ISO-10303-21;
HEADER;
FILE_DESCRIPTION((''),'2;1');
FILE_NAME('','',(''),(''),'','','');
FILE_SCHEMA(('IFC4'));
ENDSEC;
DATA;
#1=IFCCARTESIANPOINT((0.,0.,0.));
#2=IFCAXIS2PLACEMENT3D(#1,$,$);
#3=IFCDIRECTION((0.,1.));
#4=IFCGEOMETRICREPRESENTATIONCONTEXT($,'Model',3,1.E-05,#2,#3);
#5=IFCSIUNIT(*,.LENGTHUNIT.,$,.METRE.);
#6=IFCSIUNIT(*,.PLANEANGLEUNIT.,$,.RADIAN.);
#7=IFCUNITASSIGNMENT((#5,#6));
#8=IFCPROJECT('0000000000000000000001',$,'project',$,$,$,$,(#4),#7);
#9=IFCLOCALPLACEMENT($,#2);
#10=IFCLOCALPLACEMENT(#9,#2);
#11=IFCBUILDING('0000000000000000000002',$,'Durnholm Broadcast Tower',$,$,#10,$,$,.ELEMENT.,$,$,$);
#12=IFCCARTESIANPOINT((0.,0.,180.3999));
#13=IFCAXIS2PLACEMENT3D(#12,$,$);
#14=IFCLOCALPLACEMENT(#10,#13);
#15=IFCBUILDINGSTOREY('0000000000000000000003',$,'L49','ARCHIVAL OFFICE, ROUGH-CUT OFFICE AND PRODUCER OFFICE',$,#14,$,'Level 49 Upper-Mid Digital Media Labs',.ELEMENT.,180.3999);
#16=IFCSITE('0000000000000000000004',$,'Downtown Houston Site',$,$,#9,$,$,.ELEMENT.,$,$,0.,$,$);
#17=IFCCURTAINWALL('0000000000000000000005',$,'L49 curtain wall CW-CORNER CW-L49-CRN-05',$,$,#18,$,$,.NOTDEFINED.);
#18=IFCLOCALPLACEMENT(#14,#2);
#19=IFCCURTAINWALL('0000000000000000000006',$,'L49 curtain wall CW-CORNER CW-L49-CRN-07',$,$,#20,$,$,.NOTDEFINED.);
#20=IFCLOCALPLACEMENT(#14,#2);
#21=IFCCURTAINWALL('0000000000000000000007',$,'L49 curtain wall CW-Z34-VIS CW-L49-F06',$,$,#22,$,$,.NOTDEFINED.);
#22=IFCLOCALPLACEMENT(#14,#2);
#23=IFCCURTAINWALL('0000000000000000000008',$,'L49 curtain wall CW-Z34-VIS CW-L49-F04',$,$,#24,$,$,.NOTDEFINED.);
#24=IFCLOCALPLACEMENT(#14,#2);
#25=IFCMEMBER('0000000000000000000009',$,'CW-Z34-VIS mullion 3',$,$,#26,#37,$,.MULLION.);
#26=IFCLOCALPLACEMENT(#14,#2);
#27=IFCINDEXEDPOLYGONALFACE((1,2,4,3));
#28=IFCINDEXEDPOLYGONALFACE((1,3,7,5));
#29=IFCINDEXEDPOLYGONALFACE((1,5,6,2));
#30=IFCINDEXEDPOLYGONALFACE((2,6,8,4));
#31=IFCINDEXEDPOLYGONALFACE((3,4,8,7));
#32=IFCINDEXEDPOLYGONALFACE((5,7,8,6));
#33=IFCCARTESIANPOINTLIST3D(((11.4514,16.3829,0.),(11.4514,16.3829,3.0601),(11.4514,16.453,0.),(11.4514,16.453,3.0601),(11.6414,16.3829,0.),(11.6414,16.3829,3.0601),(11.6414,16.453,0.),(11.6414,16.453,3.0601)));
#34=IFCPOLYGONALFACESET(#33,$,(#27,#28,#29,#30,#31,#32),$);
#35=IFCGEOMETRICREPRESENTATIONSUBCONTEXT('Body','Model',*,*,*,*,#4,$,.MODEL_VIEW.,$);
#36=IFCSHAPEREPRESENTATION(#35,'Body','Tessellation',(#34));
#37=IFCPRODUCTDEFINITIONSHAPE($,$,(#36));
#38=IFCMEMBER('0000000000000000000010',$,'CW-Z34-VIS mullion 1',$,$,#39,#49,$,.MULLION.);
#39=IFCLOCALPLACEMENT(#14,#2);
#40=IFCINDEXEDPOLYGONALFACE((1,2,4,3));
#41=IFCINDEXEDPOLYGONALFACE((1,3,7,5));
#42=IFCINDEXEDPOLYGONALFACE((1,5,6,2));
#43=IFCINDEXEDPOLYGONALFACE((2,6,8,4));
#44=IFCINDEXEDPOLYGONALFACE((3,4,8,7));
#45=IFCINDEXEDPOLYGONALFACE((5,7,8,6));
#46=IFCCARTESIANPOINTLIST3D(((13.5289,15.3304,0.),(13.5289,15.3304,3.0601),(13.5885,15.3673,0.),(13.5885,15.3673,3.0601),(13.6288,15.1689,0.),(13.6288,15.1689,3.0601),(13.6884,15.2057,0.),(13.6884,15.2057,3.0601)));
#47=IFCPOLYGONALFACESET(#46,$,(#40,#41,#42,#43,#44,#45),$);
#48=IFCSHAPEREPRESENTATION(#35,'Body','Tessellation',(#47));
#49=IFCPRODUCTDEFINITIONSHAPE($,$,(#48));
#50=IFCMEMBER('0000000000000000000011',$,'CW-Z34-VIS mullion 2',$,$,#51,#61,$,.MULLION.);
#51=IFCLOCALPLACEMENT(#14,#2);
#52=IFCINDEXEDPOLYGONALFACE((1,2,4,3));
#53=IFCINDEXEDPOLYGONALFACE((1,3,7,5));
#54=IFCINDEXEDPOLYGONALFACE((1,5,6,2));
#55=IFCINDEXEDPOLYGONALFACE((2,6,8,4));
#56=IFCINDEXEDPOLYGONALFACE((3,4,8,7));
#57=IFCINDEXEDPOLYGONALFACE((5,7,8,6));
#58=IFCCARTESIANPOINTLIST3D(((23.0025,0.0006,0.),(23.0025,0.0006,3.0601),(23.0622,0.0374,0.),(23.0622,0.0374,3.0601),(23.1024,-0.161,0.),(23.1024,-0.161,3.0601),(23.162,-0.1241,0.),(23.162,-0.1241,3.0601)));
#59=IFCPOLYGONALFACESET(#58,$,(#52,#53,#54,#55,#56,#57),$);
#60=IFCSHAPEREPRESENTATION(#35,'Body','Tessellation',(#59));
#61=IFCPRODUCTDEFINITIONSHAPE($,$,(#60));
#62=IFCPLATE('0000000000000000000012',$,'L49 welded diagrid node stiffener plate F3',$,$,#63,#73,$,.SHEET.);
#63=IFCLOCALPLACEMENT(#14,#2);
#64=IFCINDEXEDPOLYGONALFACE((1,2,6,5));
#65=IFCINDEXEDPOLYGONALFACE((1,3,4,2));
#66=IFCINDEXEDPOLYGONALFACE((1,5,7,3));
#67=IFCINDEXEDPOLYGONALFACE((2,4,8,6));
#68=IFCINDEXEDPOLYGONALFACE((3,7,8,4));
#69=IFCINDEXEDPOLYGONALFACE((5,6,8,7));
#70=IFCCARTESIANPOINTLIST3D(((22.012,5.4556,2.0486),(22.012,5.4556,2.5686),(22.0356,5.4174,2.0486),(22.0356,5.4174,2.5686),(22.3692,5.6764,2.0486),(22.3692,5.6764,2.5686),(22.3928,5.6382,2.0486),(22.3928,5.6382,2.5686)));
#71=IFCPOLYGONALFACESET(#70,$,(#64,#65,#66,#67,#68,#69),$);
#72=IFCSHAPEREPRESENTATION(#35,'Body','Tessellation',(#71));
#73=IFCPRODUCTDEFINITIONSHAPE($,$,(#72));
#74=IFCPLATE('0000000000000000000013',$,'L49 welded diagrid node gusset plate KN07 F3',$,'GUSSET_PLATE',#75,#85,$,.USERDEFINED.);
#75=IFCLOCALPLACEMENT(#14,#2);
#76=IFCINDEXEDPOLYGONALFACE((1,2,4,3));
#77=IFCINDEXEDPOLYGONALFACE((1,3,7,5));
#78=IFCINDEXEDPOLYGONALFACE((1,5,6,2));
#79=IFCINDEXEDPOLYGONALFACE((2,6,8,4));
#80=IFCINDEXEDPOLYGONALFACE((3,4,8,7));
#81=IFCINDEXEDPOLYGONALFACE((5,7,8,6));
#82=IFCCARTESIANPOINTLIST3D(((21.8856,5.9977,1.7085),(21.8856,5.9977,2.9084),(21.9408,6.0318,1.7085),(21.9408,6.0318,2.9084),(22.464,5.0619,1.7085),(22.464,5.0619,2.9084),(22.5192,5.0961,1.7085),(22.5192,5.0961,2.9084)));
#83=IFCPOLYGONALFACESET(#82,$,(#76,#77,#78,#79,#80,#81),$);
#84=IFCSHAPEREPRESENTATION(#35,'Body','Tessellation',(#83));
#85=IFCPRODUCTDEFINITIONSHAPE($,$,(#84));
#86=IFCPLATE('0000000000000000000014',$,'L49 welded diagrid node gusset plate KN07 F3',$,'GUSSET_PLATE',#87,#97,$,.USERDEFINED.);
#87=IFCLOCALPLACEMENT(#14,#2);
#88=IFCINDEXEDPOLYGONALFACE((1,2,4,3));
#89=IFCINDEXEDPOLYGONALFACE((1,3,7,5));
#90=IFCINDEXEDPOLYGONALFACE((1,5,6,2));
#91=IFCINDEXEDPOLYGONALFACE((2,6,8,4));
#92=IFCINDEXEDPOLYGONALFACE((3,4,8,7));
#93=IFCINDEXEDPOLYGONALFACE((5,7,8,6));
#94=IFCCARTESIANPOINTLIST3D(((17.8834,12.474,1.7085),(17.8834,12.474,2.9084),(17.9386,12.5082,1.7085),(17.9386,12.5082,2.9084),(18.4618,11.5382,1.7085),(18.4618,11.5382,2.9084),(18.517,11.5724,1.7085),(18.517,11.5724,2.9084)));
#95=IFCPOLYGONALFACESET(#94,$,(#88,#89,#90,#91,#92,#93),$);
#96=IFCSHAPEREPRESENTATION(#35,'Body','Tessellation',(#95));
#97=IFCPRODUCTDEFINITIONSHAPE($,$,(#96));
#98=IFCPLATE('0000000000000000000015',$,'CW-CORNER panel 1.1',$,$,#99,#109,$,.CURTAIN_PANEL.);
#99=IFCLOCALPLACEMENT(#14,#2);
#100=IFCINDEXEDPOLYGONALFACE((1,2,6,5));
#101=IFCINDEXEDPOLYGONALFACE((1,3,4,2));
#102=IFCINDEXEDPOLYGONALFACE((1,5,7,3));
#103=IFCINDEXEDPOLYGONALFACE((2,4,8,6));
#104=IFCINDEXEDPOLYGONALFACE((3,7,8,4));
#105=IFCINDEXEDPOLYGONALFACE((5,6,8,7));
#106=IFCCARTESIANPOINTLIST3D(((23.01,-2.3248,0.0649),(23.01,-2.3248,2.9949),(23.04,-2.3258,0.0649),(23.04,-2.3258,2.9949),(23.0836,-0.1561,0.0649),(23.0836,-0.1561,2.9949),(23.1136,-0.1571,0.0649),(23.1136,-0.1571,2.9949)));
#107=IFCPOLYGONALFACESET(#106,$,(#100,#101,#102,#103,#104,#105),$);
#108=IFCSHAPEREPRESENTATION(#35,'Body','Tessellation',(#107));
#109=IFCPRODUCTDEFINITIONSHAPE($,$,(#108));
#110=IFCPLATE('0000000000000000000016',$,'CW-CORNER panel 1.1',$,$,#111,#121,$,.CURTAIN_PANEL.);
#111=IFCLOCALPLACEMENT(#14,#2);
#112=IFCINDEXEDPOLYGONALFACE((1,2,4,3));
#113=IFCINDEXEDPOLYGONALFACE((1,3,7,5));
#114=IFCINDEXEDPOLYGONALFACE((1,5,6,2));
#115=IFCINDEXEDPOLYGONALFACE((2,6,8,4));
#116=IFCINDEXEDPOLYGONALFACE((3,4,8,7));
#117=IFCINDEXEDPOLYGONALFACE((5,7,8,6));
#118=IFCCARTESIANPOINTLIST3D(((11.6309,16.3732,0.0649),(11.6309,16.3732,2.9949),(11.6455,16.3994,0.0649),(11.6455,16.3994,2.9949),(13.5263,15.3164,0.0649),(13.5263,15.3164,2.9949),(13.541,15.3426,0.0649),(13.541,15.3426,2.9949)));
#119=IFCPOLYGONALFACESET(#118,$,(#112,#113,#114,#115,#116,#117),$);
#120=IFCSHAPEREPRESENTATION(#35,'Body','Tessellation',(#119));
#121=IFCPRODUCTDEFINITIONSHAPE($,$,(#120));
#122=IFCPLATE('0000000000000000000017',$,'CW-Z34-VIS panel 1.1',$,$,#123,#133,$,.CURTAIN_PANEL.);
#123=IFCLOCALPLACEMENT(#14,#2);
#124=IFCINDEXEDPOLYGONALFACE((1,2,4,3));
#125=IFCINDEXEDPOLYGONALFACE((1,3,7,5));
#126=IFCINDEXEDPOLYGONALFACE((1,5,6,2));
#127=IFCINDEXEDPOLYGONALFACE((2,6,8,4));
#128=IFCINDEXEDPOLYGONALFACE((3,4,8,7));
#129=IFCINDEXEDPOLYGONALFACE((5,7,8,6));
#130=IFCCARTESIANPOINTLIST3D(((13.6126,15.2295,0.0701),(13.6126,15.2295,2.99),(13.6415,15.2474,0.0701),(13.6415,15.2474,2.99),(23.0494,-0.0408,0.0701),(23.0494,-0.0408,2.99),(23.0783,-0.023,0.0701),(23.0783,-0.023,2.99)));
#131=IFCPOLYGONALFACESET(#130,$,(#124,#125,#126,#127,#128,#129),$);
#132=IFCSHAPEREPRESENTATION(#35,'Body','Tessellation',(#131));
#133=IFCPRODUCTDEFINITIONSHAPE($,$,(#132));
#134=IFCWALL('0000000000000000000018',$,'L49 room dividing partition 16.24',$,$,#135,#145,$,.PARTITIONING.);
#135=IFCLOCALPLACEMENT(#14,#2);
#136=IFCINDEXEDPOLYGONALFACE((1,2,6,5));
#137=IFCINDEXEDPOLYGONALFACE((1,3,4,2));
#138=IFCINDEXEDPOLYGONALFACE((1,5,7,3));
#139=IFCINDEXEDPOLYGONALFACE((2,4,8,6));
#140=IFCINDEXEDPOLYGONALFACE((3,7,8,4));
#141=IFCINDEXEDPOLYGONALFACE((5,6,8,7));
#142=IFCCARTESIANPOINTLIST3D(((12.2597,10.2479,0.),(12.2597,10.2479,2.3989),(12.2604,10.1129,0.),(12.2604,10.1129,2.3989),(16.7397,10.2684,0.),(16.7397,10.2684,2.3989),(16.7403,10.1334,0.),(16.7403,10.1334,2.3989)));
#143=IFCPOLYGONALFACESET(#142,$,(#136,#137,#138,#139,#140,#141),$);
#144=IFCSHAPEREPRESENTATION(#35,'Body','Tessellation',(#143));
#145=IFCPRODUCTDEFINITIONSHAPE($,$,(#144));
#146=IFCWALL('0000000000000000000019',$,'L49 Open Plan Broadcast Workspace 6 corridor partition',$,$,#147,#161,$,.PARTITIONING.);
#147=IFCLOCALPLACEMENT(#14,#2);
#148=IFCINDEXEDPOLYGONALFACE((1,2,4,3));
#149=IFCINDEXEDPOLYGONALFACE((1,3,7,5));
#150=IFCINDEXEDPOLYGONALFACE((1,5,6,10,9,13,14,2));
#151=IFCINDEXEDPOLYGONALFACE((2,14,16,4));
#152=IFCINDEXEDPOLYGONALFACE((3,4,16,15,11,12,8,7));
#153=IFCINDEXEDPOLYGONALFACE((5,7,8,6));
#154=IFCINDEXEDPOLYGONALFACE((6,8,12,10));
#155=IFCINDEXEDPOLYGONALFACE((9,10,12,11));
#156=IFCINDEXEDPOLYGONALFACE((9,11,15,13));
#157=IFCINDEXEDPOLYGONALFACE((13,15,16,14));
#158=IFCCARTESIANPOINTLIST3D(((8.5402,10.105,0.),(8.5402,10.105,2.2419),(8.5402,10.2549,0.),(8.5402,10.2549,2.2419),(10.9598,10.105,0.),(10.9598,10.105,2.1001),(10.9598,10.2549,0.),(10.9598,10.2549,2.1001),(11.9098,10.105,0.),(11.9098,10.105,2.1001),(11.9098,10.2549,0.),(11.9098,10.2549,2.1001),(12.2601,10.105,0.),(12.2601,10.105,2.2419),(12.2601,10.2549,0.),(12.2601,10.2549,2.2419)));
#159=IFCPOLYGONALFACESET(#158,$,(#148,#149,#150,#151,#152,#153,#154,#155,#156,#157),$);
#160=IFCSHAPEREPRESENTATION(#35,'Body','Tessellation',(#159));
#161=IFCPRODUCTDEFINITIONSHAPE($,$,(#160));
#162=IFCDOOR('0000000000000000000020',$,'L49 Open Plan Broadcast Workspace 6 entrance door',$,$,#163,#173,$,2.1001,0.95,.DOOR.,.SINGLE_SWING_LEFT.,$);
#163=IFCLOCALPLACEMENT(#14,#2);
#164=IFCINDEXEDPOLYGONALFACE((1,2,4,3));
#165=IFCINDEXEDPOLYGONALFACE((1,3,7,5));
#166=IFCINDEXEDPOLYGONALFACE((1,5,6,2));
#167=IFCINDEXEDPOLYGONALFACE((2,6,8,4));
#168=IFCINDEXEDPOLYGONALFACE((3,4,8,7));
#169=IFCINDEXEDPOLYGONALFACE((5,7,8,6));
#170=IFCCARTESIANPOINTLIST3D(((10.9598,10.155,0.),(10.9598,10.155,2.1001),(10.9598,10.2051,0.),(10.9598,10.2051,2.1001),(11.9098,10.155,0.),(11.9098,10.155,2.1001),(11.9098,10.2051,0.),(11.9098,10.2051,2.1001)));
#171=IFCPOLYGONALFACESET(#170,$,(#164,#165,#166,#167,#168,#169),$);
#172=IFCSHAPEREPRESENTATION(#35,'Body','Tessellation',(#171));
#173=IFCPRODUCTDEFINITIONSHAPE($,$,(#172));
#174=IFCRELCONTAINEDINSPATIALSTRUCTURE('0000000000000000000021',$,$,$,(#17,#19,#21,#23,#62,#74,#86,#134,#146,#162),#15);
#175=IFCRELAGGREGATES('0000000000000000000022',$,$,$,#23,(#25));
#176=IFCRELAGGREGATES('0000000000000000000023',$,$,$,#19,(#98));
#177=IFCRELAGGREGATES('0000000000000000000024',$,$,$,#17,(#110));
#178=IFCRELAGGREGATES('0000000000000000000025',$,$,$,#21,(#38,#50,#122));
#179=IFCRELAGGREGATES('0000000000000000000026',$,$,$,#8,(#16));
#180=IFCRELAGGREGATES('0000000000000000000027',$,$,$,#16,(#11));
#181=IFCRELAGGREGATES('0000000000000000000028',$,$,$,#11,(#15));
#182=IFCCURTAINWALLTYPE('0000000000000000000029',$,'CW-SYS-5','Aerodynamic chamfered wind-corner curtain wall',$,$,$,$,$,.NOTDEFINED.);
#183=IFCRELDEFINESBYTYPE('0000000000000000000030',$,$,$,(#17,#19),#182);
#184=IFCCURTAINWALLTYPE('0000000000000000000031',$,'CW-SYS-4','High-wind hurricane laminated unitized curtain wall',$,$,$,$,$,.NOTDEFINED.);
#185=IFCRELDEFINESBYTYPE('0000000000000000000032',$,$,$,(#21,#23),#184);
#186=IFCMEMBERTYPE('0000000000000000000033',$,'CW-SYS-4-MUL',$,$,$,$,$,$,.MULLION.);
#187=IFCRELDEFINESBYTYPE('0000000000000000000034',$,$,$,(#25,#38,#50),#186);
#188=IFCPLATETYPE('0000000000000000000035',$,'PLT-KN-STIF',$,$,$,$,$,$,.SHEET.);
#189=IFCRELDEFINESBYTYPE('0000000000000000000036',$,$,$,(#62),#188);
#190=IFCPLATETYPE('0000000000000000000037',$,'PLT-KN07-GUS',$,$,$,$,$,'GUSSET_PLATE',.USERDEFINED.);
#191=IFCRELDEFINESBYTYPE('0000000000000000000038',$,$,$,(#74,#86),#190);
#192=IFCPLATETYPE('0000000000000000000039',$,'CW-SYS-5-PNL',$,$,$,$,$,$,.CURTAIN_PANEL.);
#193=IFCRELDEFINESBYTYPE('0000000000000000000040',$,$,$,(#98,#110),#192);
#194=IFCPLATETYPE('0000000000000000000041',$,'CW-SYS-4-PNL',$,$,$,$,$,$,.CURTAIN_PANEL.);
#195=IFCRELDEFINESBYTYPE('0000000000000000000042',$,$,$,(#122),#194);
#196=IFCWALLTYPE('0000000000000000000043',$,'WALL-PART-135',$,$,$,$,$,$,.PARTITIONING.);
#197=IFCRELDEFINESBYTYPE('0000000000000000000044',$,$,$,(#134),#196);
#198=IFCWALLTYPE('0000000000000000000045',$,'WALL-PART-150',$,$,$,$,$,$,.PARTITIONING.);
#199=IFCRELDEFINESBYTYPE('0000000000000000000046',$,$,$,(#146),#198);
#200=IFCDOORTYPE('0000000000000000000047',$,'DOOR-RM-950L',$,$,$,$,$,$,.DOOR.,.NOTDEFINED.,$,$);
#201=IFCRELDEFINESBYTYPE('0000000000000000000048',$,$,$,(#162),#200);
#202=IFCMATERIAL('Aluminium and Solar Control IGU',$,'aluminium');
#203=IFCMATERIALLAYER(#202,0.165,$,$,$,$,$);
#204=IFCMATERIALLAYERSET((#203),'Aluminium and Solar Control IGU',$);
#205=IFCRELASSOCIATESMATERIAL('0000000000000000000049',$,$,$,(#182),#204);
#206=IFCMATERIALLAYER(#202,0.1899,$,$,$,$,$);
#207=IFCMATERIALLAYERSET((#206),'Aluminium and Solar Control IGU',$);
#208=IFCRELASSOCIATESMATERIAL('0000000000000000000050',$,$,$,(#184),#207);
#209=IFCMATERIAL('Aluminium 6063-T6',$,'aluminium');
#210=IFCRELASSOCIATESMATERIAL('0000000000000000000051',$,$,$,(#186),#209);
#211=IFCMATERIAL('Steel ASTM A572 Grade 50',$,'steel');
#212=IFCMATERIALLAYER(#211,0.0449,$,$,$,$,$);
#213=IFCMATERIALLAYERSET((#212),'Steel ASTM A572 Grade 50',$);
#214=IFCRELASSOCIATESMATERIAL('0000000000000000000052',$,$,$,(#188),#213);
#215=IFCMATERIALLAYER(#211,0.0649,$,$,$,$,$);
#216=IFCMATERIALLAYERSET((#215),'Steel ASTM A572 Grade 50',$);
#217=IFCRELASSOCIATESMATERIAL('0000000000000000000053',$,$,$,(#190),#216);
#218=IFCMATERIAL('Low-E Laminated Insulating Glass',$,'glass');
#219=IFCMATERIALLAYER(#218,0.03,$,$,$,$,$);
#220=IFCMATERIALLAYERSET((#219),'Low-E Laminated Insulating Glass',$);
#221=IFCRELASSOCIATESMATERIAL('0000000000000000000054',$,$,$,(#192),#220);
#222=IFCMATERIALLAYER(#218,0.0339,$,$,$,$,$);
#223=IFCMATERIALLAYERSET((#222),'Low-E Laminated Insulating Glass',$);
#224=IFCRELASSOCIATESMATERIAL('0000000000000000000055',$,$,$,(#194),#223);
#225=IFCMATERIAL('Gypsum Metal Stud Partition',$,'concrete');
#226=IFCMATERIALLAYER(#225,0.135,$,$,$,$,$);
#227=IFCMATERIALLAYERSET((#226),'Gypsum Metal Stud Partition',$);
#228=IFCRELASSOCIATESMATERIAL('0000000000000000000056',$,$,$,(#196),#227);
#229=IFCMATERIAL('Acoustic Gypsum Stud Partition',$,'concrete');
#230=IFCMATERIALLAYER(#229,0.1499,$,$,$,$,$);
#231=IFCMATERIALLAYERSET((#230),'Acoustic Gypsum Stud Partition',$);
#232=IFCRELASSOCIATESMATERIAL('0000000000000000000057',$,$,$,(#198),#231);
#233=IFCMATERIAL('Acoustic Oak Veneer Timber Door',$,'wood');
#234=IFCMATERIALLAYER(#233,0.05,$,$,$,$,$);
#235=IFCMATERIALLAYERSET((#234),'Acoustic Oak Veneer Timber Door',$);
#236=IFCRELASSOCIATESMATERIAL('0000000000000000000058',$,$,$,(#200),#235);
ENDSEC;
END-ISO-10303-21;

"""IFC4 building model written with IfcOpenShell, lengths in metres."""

from ifc_helpers import new_model, si_unit, direction, frame, frame_2d, origin, origin_2d, place, context, subcontext, project, spatial, rectangle, extrude, source, transform, mapped, material, layer, layer_set, material_profile, profile_set, type_object, type_shapes, element, fill, aggregate, save


model = new_model("IFC4")

# Units and contexts
model_context = context("Model", 3, precision=1e-05, world=origin(), true_north=direction((0.0, 1.0)))
body_context = subcontext(model_context, "Body", "Model", "MODEL_VIEW")
ifc_project = project(units=[si_unit("LENGTHUNIT", "METRE"), si_unit("PLANEANGLEUNIT", "RADIAN")], contexts=[model_context])

# Site, building, storey
site_placement = place(None, origin())
site = spatial("IfcSite", under=ifc_project, at=site_placement, Name="Downtown Houston Site", CompositionType="ELEMENT", RefElevation=0.0)
building_placement = place(site_placement, origin())
building = spatial("IfcBuilding", under=site, at=building_placement, Name="Durnholm Broadcast Tower", CompositionType="ELEMENT")
storey_placement = place(building_placement, frame((0.0, 0.0, 180.3999)))
storey = spatial("IfcBuildingStorey", under=building, at=storey_placement, Name="L49", Description="ARCHIVAL OFFICE, ROUGH-CUT OFFICE AND PRODUCER OFFICE", LongName="Level 49 Upper-Mid Digital Media Labs", CompositionType="ELEMENT", Elevation=180.3999)

# Curtain wall
ifc_material_1 = material(Name="Aluminium and Solar Control IGU", Category="aluminium")
ifc_layer_1 = layer(ifc_material_1, 0.165)
ifc_layer_set_1 = layer_set([ifc_layer_1], Name="Aluminium and Solar Control IGU")
curtain_wall_type_1 = type_object("IfcCurtainWallType", Name="CW-SYS-5", Description="Aerodynamic chamfered wind-corner curtain wall", PredefinedType="NOTDEFINED", material=ifc_layer_set_1)
curtain_wall_1_placement = place(storey_placement, origin())
curtain_wall_1 = element("IfcCurtainWall", 1, at=curtain_wall_1_placement, inside=storey, type_object=curtain_wall_type_1, Name="L49 curtain wall CW-CORNER CW-L49-CRN-05", PredefinedType="NOTDEFINED")
ifc_material_2 = material(Name="Aluminium 6063-T6", Category="aluminium")

# Curtain wall
curtain_wall_2_placement = place(storey_placement, origin())
curtain_wall_2 = element("IfcCurtainWall", 2, at=curtain_wall_2_placement, inside=storey, type_object=curtain_wall_type_1, Name="L49 curtain wall CW-CORNER CW-L49-CRN-07", PredefinedType="NOTDEFINED")

# Curtain wall
ifc_layer_2 = layer(ifc_material_1, 0.1899)
ifc_layer_set_2 = layer_set([ifc_layer_2], Name="Aluminium and Solar Control IGU")
curtain_wall_type_2 = type_object("IfcCurtainWallType", Name="CW-SYS-4", Description="High-wind hurricane laminated unitized curtain wall", PredefinedType="NOTDEFINED", material=ifc_layer_set_2)
curtain_wall_3_placement = place(storey_placement, origin())
curtain_wall_3 = element("IfcCurtainWall", 3, at=curtain_wall_3_placement, inside=storey, type_object=curtain_wall_type_2, Name="L49 curtain wall CW-Z34-VIS CW-L49-F06", PredefinedType="NOTDEFINED")

# Curtain wall, member
curtain_wall_4_placement = place(storey_placement, origin())
curtain_wall_4 = element("IfcCurtainWall", 4, at=curtain_wall_4_placement, inside=storey, type_object=curtain_wall_type_2, Name="L49 curtain wall CW-Z34-VIS CW-L49-F04", PredefinedType="NOTDEFINED")
ifc_material_profile_1 = material_profile(ifc_material_2, rectangle(XDim=0.0701, YDim=0.1899, at=origin_2d()), Name="CWM70X190")
ifc_profile_set_1 = profile_set([ifc_material_profile_1], Name="Aluminium 6063-T6")
member_type_1 = type_object("IfcMemberType", Name="CW-SYS-4-MUL", PredefinedType="MULLION", material=ifc_profile_set_1)
shared_shape_1 = source(origin(), body_context, "Body", "SweptSolid", [
    extrude(rectangle(XDim=0.0701, YDim=0.1899, at=origin_2d()), origin(), (0.0, 0.0, 1.0), 3.0601),
])
type_shapes(member_type_1, [shared_shape_1])
member_1_placement = place(storey_placement, frame((11.5464, 16.418, 0.0), z_axis=(0.0, 0.0, 1.0), x_axis=(0.0, 1.0, 0.0)))
member_1 = element("IfcMember", 5, at=member_1_placement, type_object=member_type_1, Name="CW-Z34-VIS mullion 3", PredefinedType="MULLION", context=body_context, shape_type="MappedRepresentation", body=[
    mapped(shared_shape_1, transform((0.0, 0.0, 0.0), x_axis=(1.0, 0.0, 0.0), y_axis=(0.0, 1.0, 0.0), z_axis=(0.0, 0.0, 1.0), scale=1.0)),
])
aggregate(curtain_wall_4, [member_1])

# Members
member_2_placement = place(storey_placement, frame((13.6086, 15.2681, 0.0), z_axis=(0.0, 0.0, 1.0), x_axis=(0.850671, 0.525698, 0.0)))
member_2 = element("IfcMember", 6, at=member_2_placement, type_object=member_type_1, Name="CW-Z34-VIS mullion 1", PredefinedType="MULLION", context=body_context, shape_type="MappedRepresentation", body=[
    mapped(shared_shape_1, transform((0.0, 0.0, 0.0), x_axis=(1.0, 0.0, 0.0), y_axis=(0.0, 1.0, 0.0), z_axis=(0.0, 0.0, 1.0), scale=1.0)),
])
member_3_placement = place(storey_placement, frame((23.0823, -0.0618, 0.0), z_axis=(0.0, 0.0, 1.0), x_axis=(0.850671, 0.525698, 0.0)))
member_3 = element("IfcMember", 7, at=member_3_placement, type_object=member_type_1, Name="CW-Z34-VIS mullion 2", PredefinedType="MULLION", context=body_context, shape_type="MappedRepresentation", body=[
    mapped(shared_shape_1, transform((0.0, 0.0, 0.0), x_axis=(1.0, 0.0, 0.0), y_axis=(0.0, 1.0, 0.0), z_axis=(0.0, 0.0, 1.0), scale=1.0)),
])

# Plates
ifc_material_3 = material(Name="Steel ASTM A572 Grade 50", Category="steel")
ifc_layer_3 = layer(ifc_material_3, 0.0449)
ifc_layer_set_3 = layer_set([ifc_layer_3], Name="Steel ASTM A572 Grade 50")
plate_type_1 = type_object("IfcPlateType", Name="PLT-KN-STIF", PredefinedType="SHEET", material=ifc_layer_set_3)
shared_shape_2 = source(origin(), body_context, "Body", "SweptSolid", [
    extrude(rectangle(XDim=0.0449, YDim=0.4199, at=origin_2d()), origin(), (0.0, 0.0, 1.0), 0.52),
])
type_shapes(plate_type_1, [shared_shape_2])
plate_1_placement = place(storey_placement, frame((22.2024, 5.5469, 2.0486), z_axis=(0.0, 0.0, 1.0), x_axis=(-0.525769, 0.850628, 0.0)))
element("IfcPlate", 8, at=plate_1_placement, inside=storey, type_object=plate_type_1, Name="L49 welded diagrid node stiffener plate F3", PredefinedType="SHEET", context=body_context, shape_type="MappedRepresentation", body=[
    mapped(shared_shape_2, transform((0.0, 0.0, 0.0), x_axis=(1.0, 0.0, 0.0), y_axis=(0.0, 1.0, 0.0), z_axis=(0.0, 0.0, 1.0), scale=1.0)),
])
ifc_layer_4 = layer(ifc_material_3, 0.0649)
ifc_layer_set_4 = layer_set([ifc_layer_4], Name="Steel ASTM A572 Grade 50")
plate_type_2 = type_object("IfcPlateType", Name="PLT-KN07-GUS", ElementType="GUSSET_PLATE", PredefinedType="USERDEFINED", material=ifc_layer_set_4)
shared_shape_3 = source(origin(), body_context, "Body", "SweptSolid", [
    extrude(rectangle(XDim=1.1001, YDim=0.0649, at=origin_2d()), origin(), (0.0, 0.0, 1.0), 1.2),
])
type_shapes(plate_type_2, [shared_shape_3])
for number, where, z_axis, x_axis, name in (
    (9, (22.2024, 5.5469, 1.7085), (0.0, 0.0, 1.0), (-0.525769, 0.850628, 0.0), "L49 welded diagrid node gusset plate KN07 F3"),
    (10, (18.2002, 12.0232, 1.7085), (0.0, 0.0, 1.0), (-0.525769, 0.850628, 0.0), "L49 welded diagrid node gusset plate KN07 F3"),
):
    element("IfcPlate", number, at=place(storey_placement, frame(where, z_axis=z_axis, x_axis=x_axis)), inside=storey, type_object=plate_type_2, Name=name, ObjectType="GUSSET_PLATE", PredefinedType="USERDEFINED", context=body_context, shape_type="MappedRepresentation", body=[
        mapped(shared_shape_3, transform((0.0, 0.0, 0.0), x_axis=(1.0, 0.0, 0.0), y_axis=(0.0, 1.0, 0.0), z_axis=(0.0, 0.0, 1.0), scale=1.0)),
    ])

# Plates
ifc_material_4 = material(Name="Low-E Laminated Insulating Glass", Category="glass")
ifc_layer_5 = layer(ifc_material_4, 0.03)
ifc_layer_set_5 = layer_set([ifc_layer_5], Name="Low-E Laminated Insulating Glass")
plate_type_3 = type_object("IfcPlateType", Name="CW-SYS-5-PNL", PredefinedType="CURTAIN_PANEL", material=ifc_layer_set_5)
shared_shape_4 = source(origin(), body_context, "Body", "SweptSolid", [
    extrude(rectangle(XDim=2.1699, YDim=0.03, at=origin_2d()), origin(), (0.0, 0.0, 1.0), 2.9299),
])
plate_2_placement = place(storey_placement, frame((23.0618, -1.241, 0.0649), z_axis=(0.0, 0.0, 1.0), x_axis=(-0.033913, -0.999425, 0.0)))
plate_2 = element("IfcPlate", 11, at=plate_2_placement, type_object=plate_type_3, Name="CW-CORNER panel 1.1", PredefinedType="CURTAIN_PANEL", context=body_context, shape_type="MappedRepresentation", body=[
    mapped(shared_shape_4, transform((0.0, 0.0, 0.0), x_axis=(1.0, 0.0, 0.0), y_axis=(0.0, 1.0, 0.0), z_axis=(0.0, 0.0, 1.0), scale=1.0)),
])
aggregate(curtain_wall_2, [plate_2])
shared_shape_5 = source(origin(), body_context, "Body", "SweptSolid", [
    extrude(rectangle(XDim=2.1702, YDim=0.03, at=origin_2d()), origin(), (0.0, 0.0, 1.0), 2.9299),
])
type_shapes(plate_type_3, [shared_shape_4, shared_shape_5])
plate_3_placement = place(storey_placement, frame((12.5859, 15.8579, 0.0649), z_axis=(0.0, 0.0, 1.0), x_axis=(0.87341, -0.486986, 0.0)))
plate_3 = element("IfcPlate", 12, at=plate_3_placement, type_object=plate_type_3, Name="CW-CORNER panel 1.1", PredefinedType="CURTAIN_PANEL", context=body_context, shape_type="MappedRepresentation", body=[
    mapped(shared_shape_5, transform((0.0, 0.0, 0.0), x_axis=(1.0, 0.0, 0.0), y_axis=(0.0, 1.0, 0.0), z_axis=(0.0, 0.0, 1.0), scale=1.0)),
])
aggregate(curtain_wall_1, [plate_3])
ifc_layer_6 = layer(ifc_material_4, 0.0339)
ifc_layer_set_6 = layer_set([ifc_layer_6], Name="Low-E Laminated Insulating Glass")
plate_type_4 = type_object("IfcPlateType", Name="CW-SYS-4-PNL", PredefinedType="CURTAIN_PANEL", material=ifc_layer_set_6)
shared_shape_6 = source(origin(), body_context, "Body", "SweptSolid", [
    extrude(rectangle(XDim=17.9509, YDim=0.0339, at=origin_2d()), origin(), (0.0, 0.0, 1.0), 2.9199),
])
type_shapes(plate_type_4, [shared_shape_6])
plate_4_placement = place(storey_placement, frame((18.3455, 7.6033, 0.0701), z_axis=(0.0, 0.0, 1.0), x_axis=(0.525698, -0.850671, 0.0)))
plate_4 = element("IfcPlate", 13, at=plate_4_placement, type_object=plate_type_4, Name="CW-Z34-VIS panel 1.1", PredefinedType="CURTAIN_PANEL", context=body_context, shape_type="MappedRepresentation", body=[
    mapped(shared_shape_6, transform((0.0, 0.0, 0.0), x_axis=(1.0, 0.0, 0.0), y_axis=(0.0, 1.0, 0.0), z_axis=(0.0, 0.0, 1.0), scale=1.0)),
])
aggregate(curtain_wall_3, [member_2, member_3, plate_4])

# Wall
ifc_material_5 = material(Name="Gypsum Metal Stud Partition", Category="concrete")
ifc_layer_7 = layer(ifc_material_5, 0.135)
ifc_layer_set_7 = layer_set([ifc_layer_7], Name="Gypsum Metal Stud Partition")
wall_type_1 = type_object("IfcWallType", Name="WALL-PART-135", PredefinedType="PARTITIONING", material=ifc_layer_set_7)
wall_1_placement = place(storey_placement, frame((16.74, 10.2009, 0.0), z_axis=(0.0, 0.0, 1.0), x_axis=(-0.99999, -0.004578, 0.0)))
element("IfcWall", 14, at=wall_1_placement, inside=storey, type_object=wall_type_1, Name="L49 room dividing partition 16.24", PredefinedType="PARTITIONING", context=body_context, shape_type="SweptSolid", body=[
    extrude(rectangle(XDim=4.48, YDim=0.135, at=frame_2d((2.24, 0.0))), origin(), (0.0, 0.0, 1.0), 2.3989),
])

# Wall, opening, door
ifc_material_6 = material(Name="Acoustic Gypsum Stud Partition", Category="concrete")
ifc_layer_8 = layer(ifc_material_6, 0.1499)
ifc_layer_set_8 = layer_set([ifc_layer_8], Name="Acoustic Gypsum Stud Partition")
wall_type_2 = type_object("IfcWallType", Name="WALL-PART-150", PredefinedType="PARTITIONING", material=ifc_layer_set_8)
wall_2_placement = place(storey_placement, frame((12.26, 10.1799, 0.0), z_axis=(0.0, 0.0, 1.0), x_axis=(-1.0, 0.0, 0.0)))
wall_2 = element("IfcWall", 15, at=wall_2_placement, inside=storey, type_object=wall_type_2, Name="L49 Open Plan Broadcast Workspace 6 corridor partition", PredefinedType="PARTITIONING", context=body_context, shape_type="SweptSolid", body=[
    extrude(rectangle(XDim=3.72, YDim=0.1499, at=frame_2d((1.8599, 0.0))), origin(), (0.0, 0.0, 1.0), 2.2419),
])
opening_1_placement = place(wall_2_placement, frame((0.3501, 0.0, 0.0)))
opening_1 = element("IfcOpeningElement", 16, at=opening_1_placement, cuts=wall_2, PredefinedType="OPENING", context=body_context, shape_type="SweptSolid", body=[
    extrude(rectangle(XDim=0.95, YDim=2.1001, at=frame_2d((0.4751, 1.05))), frame((0.0, 0.085, 0.0), z_axis=(0.0, -1.0, 0.0), x_axis=(1.0, 0.0, 0.0)), (0.0, 0.0, 1.0), 0.1699),
])
ifc_material_7 = material(Name="Acoustic Oak Veneer Timber Door", Category="wood")
ifc_layer_9 = layer(ifc_material_7, 0.05)
ifc_layer_set_9 = layer_set([ifc_layer_9], Name="Acoustic Oak Veneer Timber Door")
door_type_1 = type_object("IfcDoorType", Name="DOOR-RM-950L", OperationType="NOTDEFINED", PredefinedType="DOOR", material=ifc_layer_set_9)
shared_shape_7 = source(origin(), body_context, "Body", "SweptSolid", [
    extrude(rectangle(XDim=0.95, YDim=2.1001, at=frame_2d((0.4751, 1.05))), frame((0.0, 0.0249, 0.0), z_axis=(0.0, -1.0, 0.0), x_axis=(1.0, 0.0, 0.0)), (0.0, 0.0, 1.0), 0.05),
])
type_shapes(door_type_1, [shared_shape_7])
door_1_placement = place(opening_1_placement, origin())
door_1 = element("IfcDoor", 17, at=door_1_placement, inside=storey, type_object=door_type_1, Name="L49 Open Plan Broadcast Workspace 6 entrance door", OperationType="SINGLE_SWING_LEFT", OverallHeight=2.1001, OverallWidth=0.95, PredefinedType="DOOR", context=body_context, shape_type="MappedRepresentation", body=[
    mapped(shared_shape_7, transform((0.0, 0.0, 0.0), x_axis=(1.0, 0.0, 0.0), y_axis=(0.0, 1.0, 0.0), z_axis=(0.0, 0.0, 1.0), scale=1.0)),
])
fill(opening_1, door_1)

save(model, "model.ifc")
